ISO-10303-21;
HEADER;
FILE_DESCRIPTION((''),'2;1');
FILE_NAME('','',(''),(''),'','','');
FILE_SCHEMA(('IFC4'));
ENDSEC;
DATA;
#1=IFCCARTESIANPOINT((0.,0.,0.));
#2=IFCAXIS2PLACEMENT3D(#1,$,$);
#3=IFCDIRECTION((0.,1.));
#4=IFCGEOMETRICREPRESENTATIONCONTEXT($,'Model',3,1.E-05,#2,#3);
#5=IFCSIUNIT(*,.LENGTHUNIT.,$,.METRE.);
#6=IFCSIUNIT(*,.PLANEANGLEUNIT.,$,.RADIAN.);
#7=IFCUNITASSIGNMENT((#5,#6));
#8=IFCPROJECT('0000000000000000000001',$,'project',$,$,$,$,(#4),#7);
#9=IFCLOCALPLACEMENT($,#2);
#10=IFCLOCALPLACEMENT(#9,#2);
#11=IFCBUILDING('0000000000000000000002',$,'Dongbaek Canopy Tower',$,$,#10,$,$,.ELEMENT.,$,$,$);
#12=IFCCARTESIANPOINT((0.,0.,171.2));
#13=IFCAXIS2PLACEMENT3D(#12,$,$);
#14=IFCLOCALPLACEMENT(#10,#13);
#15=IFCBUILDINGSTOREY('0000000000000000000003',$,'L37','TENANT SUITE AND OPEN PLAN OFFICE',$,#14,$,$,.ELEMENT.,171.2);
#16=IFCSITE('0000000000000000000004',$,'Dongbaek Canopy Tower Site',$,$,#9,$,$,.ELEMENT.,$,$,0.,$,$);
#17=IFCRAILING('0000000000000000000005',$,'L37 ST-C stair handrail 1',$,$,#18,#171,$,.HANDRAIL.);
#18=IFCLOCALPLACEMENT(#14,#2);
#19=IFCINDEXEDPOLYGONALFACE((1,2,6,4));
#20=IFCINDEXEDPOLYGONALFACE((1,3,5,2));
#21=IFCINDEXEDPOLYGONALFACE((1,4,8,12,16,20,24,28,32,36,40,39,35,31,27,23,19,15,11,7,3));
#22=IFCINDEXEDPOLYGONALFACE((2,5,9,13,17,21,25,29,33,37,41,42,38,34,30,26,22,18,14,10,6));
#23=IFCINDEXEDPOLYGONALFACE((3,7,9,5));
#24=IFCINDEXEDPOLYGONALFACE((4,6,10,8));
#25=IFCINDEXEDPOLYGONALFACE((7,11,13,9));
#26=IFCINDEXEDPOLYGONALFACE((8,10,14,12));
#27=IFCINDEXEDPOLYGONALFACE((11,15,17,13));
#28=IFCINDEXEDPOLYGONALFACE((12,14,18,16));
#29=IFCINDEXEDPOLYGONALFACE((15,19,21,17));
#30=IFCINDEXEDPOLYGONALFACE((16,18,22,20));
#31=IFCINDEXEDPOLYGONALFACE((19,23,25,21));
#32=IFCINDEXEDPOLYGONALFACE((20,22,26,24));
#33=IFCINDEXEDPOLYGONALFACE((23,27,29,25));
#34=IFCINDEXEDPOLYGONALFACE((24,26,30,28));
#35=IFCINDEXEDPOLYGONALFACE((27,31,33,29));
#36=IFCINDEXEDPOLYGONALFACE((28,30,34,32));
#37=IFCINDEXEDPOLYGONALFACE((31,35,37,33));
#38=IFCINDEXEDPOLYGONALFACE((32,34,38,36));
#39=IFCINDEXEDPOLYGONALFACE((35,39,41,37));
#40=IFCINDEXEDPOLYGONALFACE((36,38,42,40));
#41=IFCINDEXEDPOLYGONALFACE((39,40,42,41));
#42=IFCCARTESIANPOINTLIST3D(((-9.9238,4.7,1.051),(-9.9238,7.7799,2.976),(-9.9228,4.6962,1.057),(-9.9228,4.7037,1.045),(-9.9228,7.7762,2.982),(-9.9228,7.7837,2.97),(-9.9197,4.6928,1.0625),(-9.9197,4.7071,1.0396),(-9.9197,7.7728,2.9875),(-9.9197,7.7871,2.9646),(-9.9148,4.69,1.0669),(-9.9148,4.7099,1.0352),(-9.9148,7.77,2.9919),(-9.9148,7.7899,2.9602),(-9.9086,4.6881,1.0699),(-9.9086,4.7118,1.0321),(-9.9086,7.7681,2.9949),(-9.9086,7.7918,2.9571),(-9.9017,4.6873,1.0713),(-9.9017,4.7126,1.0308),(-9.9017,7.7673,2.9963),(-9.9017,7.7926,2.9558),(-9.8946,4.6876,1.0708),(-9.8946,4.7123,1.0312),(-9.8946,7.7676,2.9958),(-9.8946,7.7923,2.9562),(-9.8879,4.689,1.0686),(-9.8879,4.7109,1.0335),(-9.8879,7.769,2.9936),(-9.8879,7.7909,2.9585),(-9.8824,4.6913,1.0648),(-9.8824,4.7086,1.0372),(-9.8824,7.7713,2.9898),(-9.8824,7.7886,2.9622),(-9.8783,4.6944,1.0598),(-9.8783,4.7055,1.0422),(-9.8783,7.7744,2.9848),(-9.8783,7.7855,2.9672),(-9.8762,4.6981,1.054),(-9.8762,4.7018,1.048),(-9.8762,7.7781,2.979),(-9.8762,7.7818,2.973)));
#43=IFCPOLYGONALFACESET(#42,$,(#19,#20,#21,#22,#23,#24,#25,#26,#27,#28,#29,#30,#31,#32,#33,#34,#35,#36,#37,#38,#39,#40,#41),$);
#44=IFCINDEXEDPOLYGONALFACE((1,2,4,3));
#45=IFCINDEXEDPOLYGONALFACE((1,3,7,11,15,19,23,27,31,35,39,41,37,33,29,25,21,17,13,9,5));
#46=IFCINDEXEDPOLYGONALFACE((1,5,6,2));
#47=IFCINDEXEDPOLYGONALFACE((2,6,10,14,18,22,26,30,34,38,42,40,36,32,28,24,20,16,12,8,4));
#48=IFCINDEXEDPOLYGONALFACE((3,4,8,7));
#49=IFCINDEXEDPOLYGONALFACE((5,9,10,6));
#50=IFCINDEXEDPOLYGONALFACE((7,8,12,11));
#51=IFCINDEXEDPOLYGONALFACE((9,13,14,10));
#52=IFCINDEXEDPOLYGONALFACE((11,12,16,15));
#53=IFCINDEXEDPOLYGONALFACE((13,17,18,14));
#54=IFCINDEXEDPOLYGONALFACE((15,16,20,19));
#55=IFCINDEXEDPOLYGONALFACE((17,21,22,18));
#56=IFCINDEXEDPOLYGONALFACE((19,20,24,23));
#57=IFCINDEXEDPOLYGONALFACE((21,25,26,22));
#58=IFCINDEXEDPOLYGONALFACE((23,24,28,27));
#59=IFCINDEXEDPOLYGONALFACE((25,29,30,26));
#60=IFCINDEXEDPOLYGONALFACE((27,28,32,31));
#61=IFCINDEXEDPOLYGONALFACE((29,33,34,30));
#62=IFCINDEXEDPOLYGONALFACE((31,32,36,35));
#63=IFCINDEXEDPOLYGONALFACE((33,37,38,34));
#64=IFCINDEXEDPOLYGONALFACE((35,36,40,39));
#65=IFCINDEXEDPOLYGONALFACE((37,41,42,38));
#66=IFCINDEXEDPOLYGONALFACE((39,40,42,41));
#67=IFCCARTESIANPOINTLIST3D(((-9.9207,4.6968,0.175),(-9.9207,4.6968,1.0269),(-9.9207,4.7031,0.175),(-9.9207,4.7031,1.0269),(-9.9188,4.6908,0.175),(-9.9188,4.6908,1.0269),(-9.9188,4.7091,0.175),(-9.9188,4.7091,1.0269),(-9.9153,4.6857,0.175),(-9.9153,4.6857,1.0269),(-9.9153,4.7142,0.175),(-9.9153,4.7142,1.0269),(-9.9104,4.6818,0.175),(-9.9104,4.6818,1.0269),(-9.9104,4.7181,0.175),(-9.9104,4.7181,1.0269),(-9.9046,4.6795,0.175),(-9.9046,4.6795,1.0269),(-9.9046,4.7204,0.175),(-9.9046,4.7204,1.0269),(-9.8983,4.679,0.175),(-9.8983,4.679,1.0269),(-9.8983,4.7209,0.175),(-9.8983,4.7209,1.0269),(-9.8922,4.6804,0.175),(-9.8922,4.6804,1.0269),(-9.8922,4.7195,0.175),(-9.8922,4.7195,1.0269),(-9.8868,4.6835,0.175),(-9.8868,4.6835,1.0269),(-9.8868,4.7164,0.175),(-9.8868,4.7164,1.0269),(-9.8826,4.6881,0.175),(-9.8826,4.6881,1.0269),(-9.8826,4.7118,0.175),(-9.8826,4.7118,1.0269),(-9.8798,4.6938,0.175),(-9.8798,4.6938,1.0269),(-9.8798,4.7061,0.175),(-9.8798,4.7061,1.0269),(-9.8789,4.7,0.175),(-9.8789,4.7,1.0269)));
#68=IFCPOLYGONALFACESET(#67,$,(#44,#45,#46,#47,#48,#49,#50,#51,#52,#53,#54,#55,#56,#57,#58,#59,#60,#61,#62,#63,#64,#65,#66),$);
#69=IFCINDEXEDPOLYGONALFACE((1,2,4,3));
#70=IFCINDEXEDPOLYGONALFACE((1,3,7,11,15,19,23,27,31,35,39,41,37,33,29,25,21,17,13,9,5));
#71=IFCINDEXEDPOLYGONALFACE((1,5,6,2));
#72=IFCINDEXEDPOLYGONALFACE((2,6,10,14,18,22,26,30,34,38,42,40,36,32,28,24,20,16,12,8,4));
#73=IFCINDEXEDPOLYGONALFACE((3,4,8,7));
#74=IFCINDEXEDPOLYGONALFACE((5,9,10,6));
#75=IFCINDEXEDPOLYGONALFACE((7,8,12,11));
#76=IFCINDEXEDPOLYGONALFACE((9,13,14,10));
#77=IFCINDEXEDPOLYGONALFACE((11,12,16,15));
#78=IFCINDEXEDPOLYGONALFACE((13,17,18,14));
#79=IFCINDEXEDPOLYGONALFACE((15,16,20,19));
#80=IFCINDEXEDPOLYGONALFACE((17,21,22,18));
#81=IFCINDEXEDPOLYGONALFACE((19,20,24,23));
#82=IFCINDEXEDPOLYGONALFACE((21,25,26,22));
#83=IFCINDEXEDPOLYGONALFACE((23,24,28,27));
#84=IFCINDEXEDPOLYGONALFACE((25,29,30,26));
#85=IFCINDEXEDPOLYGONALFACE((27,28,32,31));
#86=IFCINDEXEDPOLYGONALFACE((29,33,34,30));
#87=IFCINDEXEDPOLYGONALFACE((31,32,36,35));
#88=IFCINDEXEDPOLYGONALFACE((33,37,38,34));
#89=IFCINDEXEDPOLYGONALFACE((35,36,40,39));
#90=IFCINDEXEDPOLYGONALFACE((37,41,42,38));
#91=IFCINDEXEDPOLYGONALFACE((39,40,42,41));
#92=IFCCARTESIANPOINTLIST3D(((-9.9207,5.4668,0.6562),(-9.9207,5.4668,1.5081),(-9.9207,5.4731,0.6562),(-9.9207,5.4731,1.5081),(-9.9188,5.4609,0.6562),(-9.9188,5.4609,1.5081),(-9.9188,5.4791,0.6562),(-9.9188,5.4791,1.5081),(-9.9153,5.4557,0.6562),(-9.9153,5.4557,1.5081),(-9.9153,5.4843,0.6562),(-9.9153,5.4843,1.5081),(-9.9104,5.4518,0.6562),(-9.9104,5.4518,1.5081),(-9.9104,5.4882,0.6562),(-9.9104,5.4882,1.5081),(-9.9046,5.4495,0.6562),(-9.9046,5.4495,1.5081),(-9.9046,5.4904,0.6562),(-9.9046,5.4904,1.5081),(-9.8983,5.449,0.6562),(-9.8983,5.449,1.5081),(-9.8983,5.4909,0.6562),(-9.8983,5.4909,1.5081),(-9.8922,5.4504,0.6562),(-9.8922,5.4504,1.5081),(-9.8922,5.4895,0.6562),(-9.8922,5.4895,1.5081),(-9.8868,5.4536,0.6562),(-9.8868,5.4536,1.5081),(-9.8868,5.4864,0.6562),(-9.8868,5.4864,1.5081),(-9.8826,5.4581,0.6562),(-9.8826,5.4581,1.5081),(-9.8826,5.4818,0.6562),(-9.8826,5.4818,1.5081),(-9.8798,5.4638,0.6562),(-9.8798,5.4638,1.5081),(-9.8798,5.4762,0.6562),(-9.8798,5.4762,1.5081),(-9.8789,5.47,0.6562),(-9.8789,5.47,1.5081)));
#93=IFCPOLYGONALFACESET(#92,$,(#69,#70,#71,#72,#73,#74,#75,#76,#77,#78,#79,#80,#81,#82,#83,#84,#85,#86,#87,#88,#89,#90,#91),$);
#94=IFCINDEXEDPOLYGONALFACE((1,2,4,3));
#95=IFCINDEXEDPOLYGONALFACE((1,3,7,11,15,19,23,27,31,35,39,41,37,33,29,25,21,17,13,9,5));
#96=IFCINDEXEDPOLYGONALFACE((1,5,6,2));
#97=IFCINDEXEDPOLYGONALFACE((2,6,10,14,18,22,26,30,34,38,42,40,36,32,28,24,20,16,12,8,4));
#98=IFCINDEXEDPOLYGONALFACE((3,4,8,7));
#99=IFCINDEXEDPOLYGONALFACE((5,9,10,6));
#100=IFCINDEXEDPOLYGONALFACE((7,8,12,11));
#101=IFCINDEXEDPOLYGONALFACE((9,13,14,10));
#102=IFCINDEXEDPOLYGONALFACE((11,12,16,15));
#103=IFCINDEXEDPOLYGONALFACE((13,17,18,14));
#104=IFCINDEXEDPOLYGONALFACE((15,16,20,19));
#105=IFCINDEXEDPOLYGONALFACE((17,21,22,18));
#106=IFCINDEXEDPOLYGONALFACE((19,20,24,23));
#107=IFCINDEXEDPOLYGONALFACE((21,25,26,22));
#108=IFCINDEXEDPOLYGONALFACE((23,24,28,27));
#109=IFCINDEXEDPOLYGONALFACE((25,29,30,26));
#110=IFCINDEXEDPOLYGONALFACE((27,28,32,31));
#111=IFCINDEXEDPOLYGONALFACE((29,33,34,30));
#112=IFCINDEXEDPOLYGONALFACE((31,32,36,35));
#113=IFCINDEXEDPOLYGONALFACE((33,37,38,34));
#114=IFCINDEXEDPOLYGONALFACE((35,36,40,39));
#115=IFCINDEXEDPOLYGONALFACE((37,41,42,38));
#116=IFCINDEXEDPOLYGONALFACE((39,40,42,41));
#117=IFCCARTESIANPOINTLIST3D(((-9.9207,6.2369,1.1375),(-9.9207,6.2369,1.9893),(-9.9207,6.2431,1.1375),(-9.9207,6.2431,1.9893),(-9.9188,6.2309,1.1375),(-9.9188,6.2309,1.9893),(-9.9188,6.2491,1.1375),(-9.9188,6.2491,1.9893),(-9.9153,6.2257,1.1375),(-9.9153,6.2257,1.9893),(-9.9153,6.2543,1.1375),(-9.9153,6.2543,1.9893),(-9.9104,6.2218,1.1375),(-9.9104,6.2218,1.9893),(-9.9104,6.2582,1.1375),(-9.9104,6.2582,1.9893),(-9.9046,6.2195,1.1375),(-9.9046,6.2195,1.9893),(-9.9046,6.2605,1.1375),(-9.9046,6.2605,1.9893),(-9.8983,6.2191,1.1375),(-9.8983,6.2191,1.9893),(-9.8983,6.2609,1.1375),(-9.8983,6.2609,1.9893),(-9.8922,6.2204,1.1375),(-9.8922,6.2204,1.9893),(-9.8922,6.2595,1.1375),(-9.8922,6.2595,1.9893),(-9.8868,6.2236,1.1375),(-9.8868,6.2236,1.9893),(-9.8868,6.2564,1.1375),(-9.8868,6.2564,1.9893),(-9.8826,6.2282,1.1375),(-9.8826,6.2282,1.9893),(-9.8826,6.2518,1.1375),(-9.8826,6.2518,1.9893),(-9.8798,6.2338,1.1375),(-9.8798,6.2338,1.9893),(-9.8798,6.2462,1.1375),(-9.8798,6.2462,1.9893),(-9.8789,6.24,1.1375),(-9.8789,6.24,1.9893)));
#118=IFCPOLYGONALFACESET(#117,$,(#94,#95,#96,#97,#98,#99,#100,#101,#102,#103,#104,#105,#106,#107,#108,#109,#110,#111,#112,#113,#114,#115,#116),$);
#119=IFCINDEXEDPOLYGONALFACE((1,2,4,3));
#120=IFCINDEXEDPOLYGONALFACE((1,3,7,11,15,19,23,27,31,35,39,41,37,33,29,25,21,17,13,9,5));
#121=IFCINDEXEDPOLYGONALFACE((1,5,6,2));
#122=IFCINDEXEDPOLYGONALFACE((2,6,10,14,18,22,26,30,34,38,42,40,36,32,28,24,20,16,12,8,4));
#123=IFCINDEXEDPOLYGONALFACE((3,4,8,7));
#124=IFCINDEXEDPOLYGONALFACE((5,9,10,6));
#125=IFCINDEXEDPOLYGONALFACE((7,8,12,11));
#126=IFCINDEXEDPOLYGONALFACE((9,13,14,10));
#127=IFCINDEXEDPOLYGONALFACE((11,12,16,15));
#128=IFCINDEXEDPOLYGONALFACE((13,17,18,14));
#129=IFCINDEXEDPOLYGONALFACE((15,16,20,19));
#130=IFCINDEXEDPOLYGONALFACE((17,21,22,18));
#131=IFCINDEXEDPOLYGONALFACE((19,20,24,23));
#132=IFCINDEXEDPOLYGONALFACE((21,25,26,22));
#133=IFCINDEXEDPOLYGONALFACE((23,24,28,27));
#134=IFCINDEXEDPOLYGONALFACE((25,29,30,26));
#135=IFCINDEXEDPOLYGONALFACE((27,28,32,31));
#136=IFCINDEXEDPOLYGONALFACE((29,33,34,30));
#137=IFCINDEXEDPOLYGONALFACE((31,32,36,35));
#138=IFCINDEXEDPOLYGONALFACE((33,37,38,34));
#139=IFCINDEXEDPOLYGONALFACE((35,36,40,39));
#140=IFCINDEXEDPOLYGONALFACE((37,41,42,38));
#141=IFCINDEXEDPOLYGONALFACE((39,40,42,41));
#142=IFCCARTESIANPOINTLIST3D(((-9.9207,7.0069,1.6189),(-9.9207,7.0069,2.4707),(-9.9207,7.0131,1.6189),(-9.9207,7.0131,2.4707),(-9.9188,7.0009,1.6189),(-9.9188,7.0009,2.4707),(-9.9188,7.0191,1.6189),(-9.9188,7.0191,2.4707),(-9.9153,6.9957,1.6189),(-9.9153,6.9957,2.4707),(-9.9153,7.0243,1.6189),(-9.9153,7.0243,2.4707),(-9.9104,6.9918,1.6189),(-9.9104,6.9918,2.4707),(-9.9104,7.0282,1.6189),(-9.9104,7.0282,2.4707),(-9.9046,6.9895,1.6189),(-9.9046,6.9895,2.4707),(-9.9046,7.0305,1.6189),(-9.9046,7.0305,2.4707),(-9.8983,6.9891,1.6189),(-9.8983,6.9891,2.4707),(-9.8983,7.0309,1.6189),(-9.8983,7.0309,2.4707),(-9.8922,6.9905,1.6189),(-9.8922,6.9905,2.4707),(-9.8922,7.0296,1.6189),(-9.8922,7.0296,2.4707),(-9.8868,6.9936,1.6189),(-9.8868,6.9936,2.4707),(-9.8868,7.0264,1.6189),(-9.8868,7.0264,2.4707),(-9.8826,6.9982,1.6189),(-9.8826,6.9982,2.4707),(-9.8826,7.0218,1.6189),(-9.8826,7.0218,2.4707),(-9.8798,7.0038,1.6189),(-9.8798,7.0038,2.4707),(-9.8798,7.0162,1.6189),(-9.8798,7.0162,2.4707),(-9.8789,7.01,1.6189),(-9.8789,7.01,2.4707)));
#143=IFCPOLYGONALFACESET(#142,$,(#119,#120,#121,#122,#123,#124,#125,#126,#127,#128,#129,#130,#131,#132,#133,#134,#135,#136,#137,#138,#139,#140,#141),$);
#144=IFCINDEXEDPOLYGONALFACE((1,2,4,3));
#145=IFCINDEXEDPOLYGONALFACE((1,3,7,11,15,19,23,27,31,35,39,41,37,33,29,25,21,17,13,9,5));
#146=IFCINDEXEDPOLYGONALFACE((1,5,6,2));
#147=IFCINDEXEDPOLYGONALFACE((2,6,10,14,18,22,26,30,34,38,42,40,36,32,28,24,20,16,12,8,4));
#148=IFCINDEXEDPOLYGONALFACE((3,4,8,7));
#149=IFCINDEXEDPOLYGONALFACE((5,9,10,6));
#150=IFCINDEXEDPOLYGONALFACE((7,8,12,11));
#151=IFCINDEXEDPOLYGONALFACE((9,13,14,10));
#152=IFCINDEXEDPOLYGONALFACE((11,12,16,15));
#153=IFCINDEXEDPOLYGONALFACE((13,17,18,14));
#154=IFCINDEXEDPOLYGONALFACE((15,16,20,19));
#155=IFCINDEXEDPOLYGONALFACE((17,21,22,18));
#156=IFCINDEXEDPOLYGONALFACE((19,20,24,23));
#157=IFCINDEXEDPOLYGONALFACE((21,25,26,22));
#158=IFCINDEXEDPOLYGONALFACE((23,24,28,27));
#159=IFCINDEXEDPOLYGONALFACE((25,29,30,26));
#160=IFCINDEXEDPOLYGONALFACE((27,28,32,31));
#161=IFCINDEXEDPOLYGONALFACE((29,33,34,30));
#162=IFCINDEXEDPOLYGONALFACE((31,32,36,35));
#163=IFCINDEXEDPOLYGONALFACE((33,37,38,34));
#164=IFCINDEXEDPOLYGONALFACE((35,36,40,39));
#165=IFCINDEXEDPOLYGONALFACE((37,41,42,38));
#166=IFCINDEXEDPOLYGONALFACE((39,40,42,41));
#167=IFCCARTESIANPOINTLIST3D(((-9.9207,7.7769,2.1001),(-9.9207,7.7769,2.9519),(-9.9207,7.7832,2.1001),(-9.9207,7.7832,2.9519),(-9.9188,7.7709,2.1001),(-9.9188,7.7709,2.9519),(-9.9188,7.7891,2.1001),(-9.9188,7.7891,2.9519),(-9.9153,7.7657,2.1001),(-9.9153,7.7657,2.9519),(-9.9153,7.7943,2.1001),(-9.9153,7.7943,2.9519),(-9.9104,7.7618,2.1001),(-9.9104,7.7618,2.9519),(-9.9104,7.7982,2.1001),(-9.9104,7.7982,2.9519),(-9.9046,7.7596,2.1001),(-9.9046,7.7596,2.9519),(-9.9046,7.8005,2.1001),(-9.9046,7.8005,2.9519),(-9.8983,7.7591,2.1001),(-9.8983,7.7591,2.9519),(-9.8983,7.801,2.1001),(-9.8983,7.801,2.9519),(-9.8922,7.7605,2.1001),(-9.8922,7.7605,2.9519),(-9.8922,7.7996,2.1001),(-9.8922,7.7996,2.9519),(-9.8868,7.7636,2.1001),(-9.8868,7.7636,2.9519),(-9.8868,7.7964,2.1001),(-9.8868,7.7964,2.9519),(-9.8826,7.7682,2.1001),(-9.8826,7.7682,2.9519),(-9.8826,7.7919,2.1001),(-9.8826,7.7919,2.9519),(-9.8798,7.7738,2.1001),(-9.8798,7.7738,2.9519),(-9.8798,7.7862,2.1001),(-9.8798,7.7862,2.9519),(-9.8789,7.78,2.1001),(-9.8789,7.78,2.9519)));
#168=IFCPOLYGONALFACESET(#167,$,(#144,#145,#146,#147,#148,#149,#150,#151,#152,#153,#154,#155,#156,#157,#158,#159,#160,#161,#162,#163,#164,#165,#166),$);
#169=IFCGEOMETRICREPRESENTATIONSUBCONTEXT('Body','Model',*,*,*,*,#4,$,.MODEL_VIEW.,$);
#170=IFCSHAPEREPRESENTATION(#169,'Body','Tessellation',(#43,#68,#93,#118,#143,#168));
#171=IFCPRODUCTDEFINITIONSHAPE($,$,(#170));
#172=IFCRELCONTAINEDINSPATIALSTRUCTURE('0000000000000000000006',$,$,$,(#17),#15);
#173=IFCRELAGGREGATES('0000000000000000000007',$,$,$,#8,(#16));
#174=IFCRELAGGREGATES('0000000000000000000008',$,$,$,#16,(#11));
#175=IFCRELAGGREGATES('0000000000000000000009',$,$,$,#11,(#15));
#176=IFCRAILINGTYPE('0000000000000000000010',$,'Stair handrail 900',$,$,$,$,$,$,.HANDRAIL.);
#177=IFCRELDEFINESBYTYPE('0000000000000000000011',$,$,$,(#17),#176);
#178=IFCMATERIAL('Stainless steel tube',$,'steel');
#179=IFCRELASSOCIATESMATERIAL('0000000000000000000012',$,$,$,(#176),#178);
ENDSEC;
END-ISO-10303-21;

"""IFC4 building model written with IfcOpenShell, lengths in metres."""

from ifc_helpers import new_model, si_unit, direction, frame, origin, origin_2d, place, context, subcontext, project, spatial, circle, extrude, material, type_object, element, save


model = new_model("IFC4")

# Units and contexts
model_context = context("Model", 3, precision=1e-05, world=origin(), true_north=direction((0.0, 1.0)))
body_context = subcontext(model_context, "Body", "Model", "MODEL_VIEW")
ifc_project = project(units=[si_unit("LENGTHUNIT", "METRE"), si_unit("PLANEANGLEUNIT", "RADIAN")], contexts=[model_context])

# Site, building, storey
site_placement = place(None, origin())
site = spatial("IfcSite", under=ifc_project, at=site_placement, Name="Dongbaek Canopy Tower Site", CompositionType="ELEMENT", RefElevation=0.0)
building_placement = place(site_placement, origin())
building = spatial("IfcBuilding", under=site, at=building_placement, Name="Dongbaek Canopy Tower", CompositionType="ELEMENT")
storey_placement = place(building_placement, frame((0.0, 0.0, 171.2)))
storey = spatial("IfcBuildingStorey", under=building, at=storey_placement, Name="L37", Description="TENANT SUITE AND OPEN PLAN OFFICE", CompositionType="ELEMENT", Elevation=171.2)

# Railing
ifc_material_1 = material(Name="Stainless steel tube", Category="steel")
railing_type_1 = type_object("IfcRailingType", Name="Stair handrail 900", PredefinedType="HANDRAIL", material=ifc_material_1)
railing_1_placement = place(storey_placement, frame((-9.8999, 4.7, 0.175)))
element("IfcRailing", 1, at=railing_1_placement, inside=storey, type_object=railing_type_1, Name="L37 ST-C stair handrail 1", PredefinedType="HANDRAIL", context=body_context, shape_type="SweptSolid", body=[
    extrude(circle(Radius=0.0239, at=origin_2d()), frame((0.0, 0.0, 0.876), z_axis=(0.0, 0.847998, 0.529999), x_axis=(-1.0, 0.0, 0.0)), (0.0, 0.0, 1.0), 3.6321),
    extrude(circle(Radius=0.021, at=origin_2d()), origin(), (0.0, 0.0, 1.0), 0.8518),
    extrude(circle(Radius=0.021, at=origin_2d()), frame((0.0, 0.77, 0.4812)), (0.0, 0.0, 1.0), 0.8518),
    extrude(circle(Radius=0.021, at=origin_2d()), frame((0.0, 1.54, 0.9624)), (0.0, 0.0, 1.0), 0.8518),
    extrude(circle(Radius=0.021, at=origin_2d()), frame((0.0, 2.3101, 1.4438)), (0.0, 0.0, 1.0), 0.8518),
    extrude(circle(Radius=0.021, at=origin_2d()), frame((0.0, 3.0801, 1.925)), (0.0, 0.0, 1.0), 0.8518),
])

save(model, "model.ifc")
